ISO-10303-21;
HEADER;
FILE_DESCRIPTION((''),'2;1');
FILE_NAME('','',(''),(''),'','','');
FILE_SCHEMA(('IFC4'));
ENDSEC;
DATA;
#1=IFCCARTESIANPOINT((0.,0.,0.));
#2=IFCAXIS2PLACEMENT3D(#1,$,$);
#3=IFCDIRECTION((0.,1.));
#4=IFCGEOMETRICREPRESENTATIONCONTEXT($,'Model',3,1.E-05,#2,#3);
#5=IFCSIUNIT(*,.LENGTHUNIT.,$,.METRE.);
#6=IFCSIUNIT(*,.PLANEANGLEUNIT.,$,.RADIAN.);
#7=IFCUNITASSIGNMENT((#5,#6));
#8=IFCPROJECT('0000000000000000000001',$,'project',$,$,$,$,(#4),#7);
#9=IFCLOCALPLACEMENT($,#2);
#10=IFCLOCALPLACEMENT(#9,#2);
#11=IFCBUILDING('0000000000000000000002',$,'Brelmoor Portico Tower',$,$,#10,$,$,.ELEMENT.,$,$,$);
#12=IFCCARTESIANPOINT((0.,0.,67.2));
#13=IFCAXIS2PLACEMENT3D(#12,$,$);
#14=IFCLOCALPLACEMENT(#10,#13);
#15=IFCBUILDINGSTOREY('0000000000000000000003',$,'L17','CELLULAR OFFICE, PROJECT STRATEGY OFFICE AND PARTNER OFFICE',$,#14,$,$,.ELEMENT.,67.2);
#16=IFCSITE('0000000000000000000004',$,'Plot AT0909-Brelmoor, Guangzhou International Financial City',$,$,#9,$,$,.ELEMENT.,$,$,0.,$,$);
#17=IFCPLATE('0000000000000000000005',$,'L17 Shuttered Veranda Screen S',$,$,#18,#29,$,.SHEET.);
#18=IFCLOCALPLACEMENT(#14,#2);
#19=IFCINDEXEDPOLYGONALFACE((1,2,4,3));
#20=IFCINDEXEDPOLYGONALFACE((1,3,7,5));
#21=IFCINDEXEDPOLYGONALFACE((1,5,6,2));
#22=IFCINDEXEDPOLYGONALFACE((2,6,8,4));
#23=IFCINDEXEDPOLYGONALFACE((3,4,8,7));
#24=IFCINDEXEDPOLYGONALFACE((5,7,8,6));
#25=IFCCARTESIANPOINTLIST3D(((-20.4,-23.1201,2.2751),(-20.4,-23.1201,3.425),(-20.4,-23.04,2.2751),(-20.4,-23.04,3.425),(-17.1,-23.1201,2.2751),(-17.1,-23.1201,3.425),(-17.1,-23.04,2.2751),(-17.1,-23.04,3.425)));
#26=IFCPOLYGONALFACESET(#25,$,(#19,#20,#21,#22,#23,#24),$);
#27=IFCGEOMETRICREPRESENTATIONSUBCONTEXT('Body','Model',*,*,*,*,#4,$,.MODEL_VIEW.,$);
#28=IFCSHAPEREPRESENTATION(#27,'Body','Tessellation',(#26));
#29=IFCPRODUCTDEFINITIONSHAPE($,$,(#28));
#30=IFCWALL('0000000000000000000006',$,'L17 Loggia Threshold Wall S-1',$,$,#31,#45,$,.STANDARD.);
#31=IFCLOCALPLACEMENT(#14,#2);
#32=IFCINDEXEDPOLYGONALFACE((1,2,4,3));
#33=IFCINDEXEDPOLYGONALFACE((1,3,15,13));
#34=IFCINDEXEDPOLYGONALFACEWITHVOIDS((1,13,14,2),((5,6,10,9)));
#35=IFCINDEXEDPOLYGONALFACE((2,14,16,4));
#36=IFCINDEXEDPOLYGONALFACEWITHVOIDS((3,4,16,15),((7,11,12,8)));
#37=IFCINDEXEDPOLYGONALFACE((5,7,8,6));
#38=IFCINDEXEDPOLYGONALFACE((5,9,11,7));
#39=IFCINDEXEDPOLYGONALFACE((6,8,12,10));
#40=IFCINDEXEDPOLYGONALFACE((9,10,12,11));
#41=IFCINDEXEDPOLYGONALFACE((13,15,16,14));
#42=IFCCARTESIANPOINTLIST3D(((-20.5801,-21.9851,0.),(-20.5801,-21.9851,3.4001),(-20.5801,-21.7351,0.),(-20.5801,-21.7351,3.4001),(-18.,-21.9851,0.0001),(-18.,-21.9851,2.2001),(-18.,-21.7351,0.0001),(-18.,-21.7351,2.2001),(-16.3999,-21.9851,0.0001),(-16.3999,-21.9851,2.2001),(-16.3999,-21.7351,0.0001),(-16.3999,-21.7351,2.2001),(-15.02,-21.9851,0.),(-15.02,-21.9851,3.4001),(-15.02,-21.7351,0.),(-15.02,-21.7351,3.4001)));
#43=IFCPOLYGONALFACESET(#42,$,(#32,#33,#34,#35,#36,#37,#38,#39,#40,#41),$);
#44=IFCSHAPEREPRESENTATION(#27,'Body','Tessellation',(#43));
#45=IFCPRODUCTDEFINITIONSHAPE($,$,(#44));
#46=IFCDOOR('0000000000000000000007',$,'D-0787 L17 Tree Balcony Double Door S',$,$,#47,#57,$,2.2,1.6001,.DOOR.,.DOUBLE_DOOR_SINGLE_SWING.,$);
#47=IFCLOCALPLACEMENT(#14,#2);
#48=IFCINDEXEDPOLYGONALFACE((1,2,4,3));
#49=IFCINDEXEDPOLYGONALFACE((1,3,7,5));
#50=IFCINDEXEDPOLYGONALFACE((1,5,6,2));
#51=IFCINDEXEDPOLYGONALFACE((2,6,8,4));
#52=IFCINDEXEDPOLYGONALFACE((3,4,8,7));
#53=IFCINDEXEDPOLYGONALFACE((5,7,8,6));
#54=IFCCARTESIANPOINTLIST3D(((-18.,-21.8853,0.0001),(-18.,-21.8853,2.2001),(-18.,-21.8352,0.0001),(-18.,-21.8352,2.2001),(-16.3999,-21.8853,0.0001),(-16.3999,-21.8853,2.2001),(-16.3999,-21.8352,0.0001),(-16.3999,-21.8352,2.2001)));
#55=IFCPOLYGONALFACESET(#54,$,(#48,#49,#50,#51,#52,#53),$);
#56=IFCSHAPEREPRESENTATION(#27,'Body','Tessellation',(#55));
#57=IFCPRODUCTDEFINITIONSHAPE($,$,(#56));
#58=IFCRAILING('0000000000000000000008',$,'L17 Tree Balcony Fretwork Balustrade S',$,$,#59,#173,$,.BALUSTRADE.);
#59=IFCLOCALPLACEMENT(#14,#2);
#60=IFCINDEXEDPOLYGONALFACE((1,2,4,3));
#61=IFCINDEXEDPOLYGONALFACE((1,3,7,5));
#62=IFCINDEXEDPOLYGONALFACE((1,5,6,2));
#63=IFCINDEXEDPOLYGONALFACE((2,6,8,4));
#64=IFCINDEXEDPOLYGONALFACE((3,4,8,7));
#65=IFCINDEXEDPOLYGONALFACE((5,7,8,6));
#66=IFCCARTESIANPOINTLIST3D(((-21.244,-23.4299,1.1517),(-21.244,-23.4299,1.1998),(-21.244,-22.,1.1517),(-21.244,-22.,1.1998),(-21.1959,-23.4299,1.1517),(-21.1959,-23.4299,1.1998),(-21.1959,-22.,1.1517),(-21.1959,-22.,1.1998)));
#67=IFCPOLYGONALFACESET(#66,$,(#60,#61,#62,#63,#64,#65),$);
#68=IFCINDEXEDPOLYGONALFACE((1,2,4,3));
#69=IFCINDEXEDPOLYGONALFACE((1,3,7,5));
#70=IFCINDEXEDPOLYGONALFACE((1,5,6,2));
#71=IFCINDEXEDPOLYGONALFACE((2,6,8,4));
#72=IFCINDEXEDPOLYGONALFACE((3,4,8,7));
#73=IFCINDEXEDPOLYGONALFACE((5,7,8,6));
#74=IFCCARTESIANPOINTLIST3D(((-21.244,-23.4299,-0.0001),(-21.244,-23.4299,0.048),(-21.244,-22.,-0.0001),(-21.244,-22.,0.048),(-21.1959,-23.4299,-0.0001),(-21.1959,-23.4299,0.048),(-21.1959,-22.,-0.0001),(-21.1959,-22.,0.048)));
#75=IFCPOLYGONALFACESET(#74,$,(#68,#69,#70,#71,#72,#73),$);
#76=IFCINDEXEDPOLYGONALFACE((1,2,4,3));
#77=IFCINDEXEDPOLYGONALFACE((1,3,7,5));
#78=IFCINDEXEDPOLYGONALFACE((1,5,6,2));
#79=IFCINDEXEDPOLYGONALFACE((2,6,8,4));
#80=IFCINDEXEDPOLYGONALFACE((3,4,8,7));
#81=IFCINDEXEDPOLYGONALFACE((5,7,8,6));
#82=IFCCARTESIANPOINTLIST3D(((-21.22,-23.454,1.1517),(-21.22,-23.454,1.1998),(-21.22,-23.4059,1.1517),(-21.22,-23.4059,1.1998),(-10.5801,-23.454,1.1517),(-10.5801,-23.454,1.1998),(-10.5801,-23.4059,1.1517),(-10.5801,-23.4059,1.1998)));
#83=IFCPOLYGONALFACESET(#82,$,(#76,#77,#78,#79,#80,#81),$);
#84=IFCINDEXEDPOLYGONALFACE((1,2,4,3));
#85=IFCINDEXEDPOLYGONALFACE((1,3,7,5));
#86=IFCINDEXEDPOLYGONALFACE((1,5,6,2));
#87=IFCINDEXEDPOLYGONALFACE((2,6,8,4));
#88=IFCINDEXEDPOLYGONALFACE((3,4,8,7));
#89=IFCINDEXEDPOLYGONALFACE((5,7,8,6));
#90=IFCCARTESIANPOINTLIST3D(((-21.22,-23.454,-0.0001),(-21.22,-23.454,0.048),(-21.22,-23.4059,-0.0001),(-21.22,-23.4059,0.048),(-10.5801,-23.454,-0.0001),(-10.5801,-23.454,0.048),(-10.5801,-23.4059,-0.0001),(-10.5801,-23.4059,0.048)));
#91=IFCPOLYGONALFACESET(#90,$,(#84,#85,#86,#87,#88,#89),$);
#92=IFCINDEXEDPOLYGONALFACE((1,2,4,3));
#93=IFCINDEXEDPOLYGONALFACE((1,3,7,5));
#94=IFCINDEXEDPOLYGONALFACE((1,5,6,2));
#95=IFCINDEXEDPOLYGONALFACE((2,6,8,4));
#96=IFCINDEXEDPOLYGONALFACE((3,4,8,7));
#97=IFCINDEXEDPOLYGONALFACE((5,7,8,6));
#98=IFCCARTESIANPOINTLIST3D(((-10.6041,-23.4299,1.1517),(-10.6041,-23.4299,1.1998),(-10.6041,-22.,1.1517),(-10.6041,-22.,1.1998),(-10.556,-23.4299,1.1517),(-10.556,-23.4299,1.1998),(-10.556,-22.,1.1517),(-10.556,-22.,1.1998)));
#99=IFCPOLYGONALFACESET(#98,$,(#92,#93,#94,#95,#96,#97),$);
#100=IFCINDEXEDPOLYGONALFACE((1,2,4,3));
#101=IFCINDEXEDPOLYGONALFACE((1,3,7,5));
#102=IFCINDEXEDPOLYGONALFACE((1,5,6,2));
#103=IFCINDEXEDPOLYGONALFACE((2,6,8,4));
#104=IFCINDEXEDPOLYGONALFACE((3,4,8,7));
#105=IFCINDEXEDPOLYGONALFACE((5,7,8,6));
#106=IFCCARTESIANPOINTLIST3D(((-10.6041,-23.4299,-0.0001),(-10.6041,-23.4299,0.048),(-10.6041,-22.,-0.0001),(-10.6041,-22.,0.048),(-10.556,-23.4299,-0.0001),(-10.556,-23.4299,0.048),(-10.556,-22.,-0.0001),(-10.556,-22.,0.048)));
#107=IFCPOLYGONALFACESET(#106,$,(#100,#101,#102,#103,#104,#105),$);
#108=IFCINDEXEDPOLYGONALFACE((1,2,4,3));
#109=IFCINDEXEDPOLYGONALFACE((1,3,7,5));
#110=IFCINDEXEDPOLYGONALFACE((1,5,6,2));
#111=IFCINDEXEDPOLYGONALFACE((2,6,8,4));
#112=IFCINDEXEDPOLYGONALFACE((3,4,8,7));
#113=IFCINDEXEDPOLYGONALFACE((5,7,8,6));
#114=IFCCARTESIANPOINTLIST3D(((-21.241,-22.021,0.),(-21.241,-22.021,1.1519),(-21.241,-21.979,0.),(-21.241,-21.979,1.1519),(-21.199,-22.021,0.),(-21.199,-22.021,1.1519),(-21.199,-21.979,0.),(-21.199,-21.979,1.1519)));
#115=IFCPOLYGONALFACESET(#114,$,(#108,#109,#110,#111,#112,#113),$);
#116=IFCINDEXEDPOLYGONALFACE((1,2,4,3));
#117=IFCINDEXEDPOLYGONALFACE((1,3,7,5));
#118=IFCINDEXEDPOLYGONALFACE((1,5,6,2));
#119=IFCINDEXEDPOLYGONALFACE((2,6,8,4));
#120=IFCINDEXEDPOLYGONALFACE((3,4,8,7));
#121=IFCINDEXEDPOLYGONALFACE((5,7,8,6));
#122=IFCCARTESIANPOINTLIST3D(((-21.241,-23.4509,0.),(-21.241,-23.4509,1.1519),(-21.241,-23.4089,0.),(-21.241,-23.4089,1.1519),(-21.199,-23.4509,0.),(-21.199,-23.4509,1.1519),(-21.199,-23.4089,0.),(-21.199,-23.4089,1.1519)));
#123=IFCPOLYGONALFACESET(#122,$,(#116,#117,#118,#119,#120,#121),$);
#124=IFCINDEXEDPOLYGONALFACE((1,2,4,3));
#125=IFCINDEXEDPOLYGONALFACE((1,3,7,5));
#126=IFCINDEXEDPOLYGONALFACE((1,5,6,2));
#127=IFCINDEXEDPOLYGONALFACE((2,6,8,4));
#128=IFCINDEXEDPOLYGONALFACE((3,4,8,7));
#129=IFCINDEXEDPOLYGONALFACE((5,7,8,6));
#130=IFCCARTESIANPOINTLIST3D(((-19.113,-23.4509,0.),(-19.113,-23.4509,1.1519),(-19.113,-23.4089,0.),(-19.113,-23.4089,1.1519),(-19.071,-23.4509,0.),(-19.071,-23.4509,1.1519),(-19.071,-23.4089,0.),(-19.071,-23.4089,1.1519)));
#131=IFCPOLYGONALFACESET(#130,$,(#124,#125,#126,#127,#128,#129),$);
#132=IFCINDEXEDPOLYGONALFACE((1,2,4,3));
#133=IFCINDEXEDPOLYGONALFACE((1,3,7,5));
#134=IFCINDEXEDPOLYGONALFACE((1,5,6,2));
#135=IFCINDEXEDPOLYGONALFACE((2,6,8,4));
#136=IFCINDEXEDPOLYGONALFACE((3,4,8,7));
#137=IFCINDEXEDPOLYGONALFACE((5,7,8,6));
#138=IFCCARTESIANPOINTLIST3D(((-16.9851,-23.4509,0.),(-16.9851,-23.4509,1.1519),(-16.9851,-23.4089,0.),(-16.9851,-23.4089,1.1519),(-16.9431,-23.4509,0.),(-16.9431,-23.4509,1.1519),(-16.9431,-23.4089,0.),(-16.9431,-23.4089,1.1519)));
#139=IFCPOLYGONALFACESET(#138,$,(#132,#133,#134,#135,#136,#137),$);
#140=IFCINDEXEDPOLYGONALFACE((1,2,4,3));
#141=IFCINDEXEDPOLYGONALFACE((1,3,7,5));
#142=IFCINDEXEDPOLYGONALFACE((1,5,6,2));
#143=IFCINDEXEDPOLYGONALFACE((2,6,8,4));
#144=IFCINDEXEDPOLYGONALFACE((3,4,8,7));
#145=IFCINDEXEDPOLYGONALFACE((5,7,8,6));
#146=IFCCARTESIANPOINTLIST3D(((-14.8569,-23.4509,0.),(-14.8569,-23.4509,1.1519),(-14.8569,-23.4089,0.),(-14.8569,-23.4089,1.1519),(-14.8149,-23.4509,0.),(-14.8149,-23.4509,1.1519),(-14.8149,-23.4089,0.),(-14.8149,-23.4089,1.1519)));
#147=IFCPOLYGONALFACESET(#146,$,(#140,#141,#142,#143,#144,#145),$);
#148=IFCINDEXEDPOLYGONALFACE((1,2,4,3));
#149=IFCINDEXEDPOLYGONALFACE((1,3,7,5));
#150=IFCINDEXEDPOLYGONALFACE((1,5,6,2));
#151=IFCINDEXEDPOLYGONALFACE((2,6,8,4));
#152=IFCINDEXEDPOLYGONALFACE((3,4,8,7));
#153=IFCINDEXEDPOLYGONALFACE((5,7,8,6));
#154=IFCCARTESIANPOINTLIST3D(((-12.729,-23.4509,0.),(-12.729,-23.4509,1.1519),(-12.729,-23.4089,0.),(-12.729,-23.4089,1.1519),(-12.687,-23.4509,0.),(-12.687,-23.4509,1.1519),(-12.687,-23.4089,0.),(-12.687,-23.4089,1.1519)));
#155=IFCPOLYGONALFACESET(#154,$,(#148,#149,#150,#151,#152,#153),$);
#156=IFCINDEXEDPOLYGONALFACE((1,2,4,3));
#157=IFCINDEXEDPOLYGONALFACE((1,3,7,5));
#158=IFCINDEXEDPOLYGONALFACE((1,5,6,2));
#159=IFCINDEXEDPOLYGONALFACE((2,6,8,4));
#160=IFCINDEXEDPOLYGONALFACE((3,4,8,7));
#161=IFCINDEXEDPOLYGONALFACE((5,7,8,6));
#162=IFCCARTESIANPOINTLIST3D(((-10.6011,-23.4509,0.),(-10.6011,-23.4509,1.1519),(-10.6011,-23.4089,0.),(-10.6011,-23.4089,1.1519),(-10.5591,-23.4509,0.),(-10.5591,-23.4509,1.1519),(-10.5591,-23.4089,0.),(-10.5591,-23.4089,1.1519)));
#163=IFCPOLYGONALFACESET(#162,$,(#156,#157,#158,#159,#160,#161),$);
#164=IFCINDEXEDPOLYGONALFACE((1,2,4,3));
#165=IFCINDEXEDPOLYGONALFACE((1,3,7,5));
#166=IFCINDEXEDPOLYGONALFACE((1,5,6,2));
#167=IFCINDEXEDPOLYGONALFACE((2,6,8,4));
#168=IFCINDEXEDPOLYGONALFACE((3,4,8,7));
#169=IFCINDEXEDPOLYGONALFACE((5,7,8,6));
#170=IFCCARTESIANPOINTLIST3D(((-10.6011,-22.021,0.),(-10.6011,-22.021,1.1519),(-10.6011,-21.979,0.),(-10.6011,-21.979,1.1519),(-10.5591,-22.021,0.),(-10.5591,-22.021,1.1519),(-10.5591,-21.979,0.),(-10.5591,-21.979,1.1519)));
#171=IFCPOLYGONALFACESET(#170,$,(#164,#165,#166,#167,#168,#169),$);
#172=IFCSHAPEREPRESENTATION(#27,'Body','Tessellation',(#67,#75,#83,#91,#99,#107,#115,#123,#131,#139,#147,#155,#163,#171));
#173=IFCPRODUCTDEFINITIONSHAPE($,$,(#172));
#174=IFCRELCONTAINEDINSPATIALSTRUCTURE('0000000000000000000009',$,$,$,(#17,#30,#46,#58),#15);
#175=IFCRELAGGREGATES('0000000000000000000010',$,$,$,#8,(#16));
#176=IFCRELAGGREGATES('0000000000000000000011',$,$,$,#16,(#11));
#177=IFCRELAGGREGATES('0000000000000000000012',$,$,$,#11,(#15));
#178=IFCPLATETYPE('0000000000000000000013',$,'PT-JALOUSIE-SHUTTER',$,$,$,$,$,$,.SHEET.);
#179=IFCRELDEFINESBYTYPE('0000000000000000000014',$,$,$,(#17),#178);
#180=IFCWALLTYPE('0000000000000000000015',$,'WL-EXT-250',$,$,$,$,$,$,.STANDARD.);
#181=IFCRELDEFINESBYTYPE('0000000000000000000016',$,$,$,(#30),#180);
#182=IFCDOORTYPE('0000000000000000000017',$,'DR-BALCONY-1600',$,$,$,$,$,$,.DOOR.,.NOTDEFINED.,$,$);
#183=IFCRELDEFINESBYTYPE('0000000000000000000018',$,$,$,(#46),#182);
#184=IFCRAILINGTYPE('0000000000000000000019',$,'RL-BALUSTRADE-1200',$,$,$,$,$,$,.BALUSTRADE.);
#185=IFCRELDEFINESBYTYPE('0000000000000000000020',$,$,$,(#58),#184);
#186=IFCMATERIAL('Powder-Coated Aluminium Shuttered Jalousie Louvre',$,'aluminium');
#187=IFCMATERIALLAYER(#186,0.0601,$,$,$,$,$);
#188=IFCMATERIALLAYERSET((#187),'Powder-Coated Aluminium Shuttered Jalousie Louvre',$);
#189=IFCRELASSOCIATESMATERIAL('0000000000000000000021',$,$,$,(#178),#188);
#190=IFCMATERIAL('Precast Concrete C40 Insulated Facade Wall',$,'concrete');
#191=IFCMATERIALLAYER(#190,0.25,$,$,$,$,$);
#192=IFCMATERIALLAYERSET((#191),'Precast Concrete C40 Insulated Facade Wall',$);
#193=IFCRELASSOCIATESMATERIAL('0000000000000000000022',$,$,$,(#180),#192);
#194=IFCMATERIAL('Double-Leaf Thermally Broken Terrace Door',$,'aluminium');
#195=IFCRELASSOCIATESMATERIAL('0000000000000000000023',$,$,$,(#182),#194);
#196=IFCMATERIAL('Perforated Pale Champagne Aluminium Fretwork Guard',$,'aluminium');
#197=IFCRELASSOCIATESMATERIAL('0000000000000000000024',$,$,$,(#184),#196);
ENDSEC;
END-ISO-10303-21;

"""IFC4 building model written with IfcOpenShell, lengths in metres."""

from ifc_helpers import new_model, si_unit, direction, frame, frame_2d, origin, origin_2d, place, context, subcontext, project, spatial, rectangle, extrude, material, layer, layer_set, type_object, element, fill, save


model = new_model("IFC4")

# Units and contexts
model_context = context("Model", 3, precision=1e-05, world=origin(), true_north=direction((0.0, 1.0)))
body_context = subcontext(model_context, "Body", "Model", "MODEL_VIEW")
ifc_project = project(units=[si_unit("LENGTHUNIT", "METRE"), si_unit("PLANEANGLEUNIT", "RADIAN")], contexts=[model_context])

# Site, building, storey
site_placement = place(None, origin())
site = spatial("IfcSite", under=ifc_project, at=site_placement, Name="Plot AT0909-Brelmoor, Guangzhou International Financial City", CompositionType="ELEMENT", RefElevation=0.0)
building_placement = place(site_placement, origin())
building = spatial("IfcBuilding", under=site, at=building_placement, Name="Brelmoor Portico Tower", CompositionType="ELEMENT")
storey_placement = place(building_placement, frame((0.0, 0.0, 67.2)))
storey = spatial("IfcBuildingStorey", under=building, at=storey_placement, Name="L17", Description="CELLULAR OFFICE, PROJECT STRATEGY OFFICE AND PARTNER OFFICE", CompositionType="ELEMENT", Elevation=67.2)

# Plate
ifc_material_1 = material(Name="Powder-Coated Aluminium Shuttered Jalousie Louvre", Category="aluminium")
ifc_layer_1 = layer(ifc_material_1, 0.0601)
ifc_layer_set_1 = layer_set([ifc_layer_1], Name="Powder-Coated Aluminium Shuttered Jalousie Louvre")
plate_type_1 = type_object("IfcPlateType", Name="PT-JALOUSIE-SHUTTER", PredefinedType="SHEET", material=ifc_layer_set_1)
plate_1_placement = place(storey_placement, frame((-18.75, -23.0801, 2.2751), z_axis=(0.0, 0.0, 1.0), x_axis=(1.0, 0.0, 0.0)))
element("IfcPlate", 1, at=plate_1_placement, inside=storey, type_object=plate_type_1, Name="L17 Shuttered Veranda Screen S", PredefinedType="SHEET", context=body_context, shape_type="SweptSolid", body=[
    extrude(rectangle(XDim=3.3, YDim=0.0801, at=origin_2d()), origin(), (0.0, 0.0, 1.0), 1.1499),
])

# Wall, opening, door
ifc_material_2 = material(Name="Precast Concrete C40 Insulated Facade Wall", Category="concrete")
ifc_layer_2 = layer(ifc_material_2, 0.25)
ifc_layer_set_2 = layer_set([ifc_layer_2], Name="Precast Concrete C40 Insulated Facade Wall")
wall_type = type_object("IfcWallType", Name="WL-EXT-250", PredefinedType="STANDARD", material=ifc_layer_set_2)
wall_placement = place(storey_placement, frame((-20.5801, -21.8601, 0.0), z_axis=(0.0, 0.0, 1.0), x_axis=(1.0, 0.0, 0.0)))
wall = element("IfcWall", 2, at=wall_placement, inside=storey, type_object=wall_type, Name="L17 Loggia Threshold Wall S-1", PredefinedType="STANDARD", context=body_context, shape_type="SweptSolid", body=[
    extrude(rectangle(XDim=5.5601, YDim=0.25, at=frame_2d((2.78, 0.0))), origin(), (0.0, 0.0, 1.0), 3.4001),
])
opening_placement = place(wall_placement, frame((2.5801, 0.0, 0.0)))
opening = element("IfcOpeningElement", 3, at=opening_placement, cuts=wall, PredefinedType="OPENING", context=body_context, shape_type="SweptSolid", body=[
    extrude(rectangle(XDim=1.6001, YDim=2.2, at=frame_2d((0.8, 1.1001))), frame((0.0, 0.135, 0.0), z_axis=(0.0, -1.0, 0.0), x_axis=(1.0, 0.0, 0.0)), (0.0, 0.0, 1.0), 0.27),
])
ifc_material_3 = material(Name="Double-Leaf Thermally Broken Terrace Door", Category="aluminium")
door_type = type_object("IfcDoorType", Name="DR-BALCONY-1600", OperationType="NOTDEFINED", PredefinedType="DOOR", material=ifc_material_3)
door_placement = place(opening_placement, origin())
door = element("IfcDoor", 4, at=door_placement, inside=storey, type_object=door_type, Name="D-0787 L17 Tree Balcony Double Door S", OperationType="DOUBLE_DOOR_SINGLE_SWING", OverallHeight=2.2, OverallWidth=1.6001, PredefinedType="DOOR", context=body_context, shape_type="SweptSolid", body=[
    extrude(rectangle(XDim=1.6001, YDim=2.2, at=frame_2d((0.8, 1.1001))), frame((0.0, 0.0249, 0.0), z_axis=(0.0, -1.0, 0.0), x_axis=(1.0, 0.0, 0.0)), (0.0, 0.0, 1.0), 0.05),
])
fill(opening, door)

# Railing
ifc_material_4 = material(Name="Perforated Pale Champagne Aluminium Fretwork Guard", Category="aluminium")
railing_type = type_object("IfcRailingType", Name="RL-BALUSTRADE-1200", PredefinedType="BALUSTRADE", material=ifc_material_4)
railing_1_placement = place(storey_placement, frame((-21.22, -22.0, 0.0)))
element("IfcRailing", 5, at=railing_1_placement, inside=storey, type_object=railing_type, Name="L17 Tree Balcony Fretwork Balustrade S", PredefinedType="BALUSTRADE", context=body_context, shape_type="SweptSolid", body=[
    extrude(rectangle(XDim=0.0481, YDim=0.0481, at=origin_2d()), frame((0.0, 0.0, 1.1758), z_axis=(0.0, -1.0, 0.0), x_axis=(1.0, 0.0, 0.0)), (0.0, 0.0, 1.0), 1.4299),
    extrude(rectangle(XDim=0.0481, YDim=0.0481, at=origin_2d()), frame((0.0, 0.0, 0.0239), z_axis=(0.0, -1.0, 0.0), x_axis=(1.0, 0.0, 0.0)), (0.0, 0.0, 1.0), 1.4299),
    extrude(rectangle(XDim=0.0481, YDim=0.0481, at=origin_2d()), frame((0.0, -1.4299, 1.1758), z_axis=(1.0, 0.0, 0.0), x_axis=(0.0, 1.0, 0.0)), (0.0, 0.0, 1.0), 10.6399),
    extrude(rectangle(XDim=0.0481, YDim=0.0481, at=origin_2d()), frame((0.0, -1.4299, 0.0239), z_axis=(1.0, 0.0, 0.0), x_axis=(0.0, 1.0, 0.0)), (0.0, 0.0, 1.0), 10.6399),
    extrude(rectangle(XDim=0.0481, YDim=0.0481, at=origin_2d()), frame((10.6399, -1.4299, 1.1758), z_axis=(0.0, 1.0, 0.0), x_axis=(-1.0, 0.0, 0.0)), (0.0, 0.0, 1.0), 1.4299),
    extrude(rectangle(XDim=0.0481, YDim=0.0481, at=origin_2d()), frame((10.6399, -1.4299, 0.0239), z_axis=(0.0, 1.0, 0.0), x_axis=(-1.0, 0.0, 0.0)), (0.0, 0.0, 1.0), 1.4299),
    extrude(rectangle(XDim=0.042, YDim=0.042, at=origin_2d()), origin(), (0.0, 0.0, 1.0), 1.1519),
    extrude(rectangle(XDim=0.042, YDim=0.042, at=origin_2d()), frame((0.0, -1.4299, 0.0)), (0.0, 0.0, 1.0), 1.1519),
    extrude(rectangle(XDim=0.042, YDim=0.042, at=origin_2d()), frame((2.1279, -1.4299, 0.0)), (0.0, 0.0, 1.0), 1.1519),
    extrude(rectangle(XDim=0.042, YDim=0.042, at=origin_2d()), frame((4.2559, -1.4299, 0.0)), (0.0, 0.0, 1.0), 1.1519),
    extrude(rectangle(XDim=0.042, YDim=0.042, at=origin_2d()), frame((6.384, -1.4299, 0.0)), (0.0, 0.0, 1.0), 1.1519),
    extrude(rectangle(XDim=0.042, YDim=0.042, at=origin_2d()), frame((8.512, -1.4299, 0.0)), (0.0, 0.0, 1.0), 1.1519),
    extrude(rectangle(XDim=0.042, YDim=0.042, at=origin_2d()), frame((10.6399, -1.4299, 0.0)), (0.0, 0.0, 1.0), 1.1519),
    extrude(rectangle(XDim=0.042, YDim=0.042, at=origin_2d()), frame((10.6399, 0.0, 0.0)), (0.0, 0.0, 1.0), 1.1519),
])

save(model, "model.ifc")
